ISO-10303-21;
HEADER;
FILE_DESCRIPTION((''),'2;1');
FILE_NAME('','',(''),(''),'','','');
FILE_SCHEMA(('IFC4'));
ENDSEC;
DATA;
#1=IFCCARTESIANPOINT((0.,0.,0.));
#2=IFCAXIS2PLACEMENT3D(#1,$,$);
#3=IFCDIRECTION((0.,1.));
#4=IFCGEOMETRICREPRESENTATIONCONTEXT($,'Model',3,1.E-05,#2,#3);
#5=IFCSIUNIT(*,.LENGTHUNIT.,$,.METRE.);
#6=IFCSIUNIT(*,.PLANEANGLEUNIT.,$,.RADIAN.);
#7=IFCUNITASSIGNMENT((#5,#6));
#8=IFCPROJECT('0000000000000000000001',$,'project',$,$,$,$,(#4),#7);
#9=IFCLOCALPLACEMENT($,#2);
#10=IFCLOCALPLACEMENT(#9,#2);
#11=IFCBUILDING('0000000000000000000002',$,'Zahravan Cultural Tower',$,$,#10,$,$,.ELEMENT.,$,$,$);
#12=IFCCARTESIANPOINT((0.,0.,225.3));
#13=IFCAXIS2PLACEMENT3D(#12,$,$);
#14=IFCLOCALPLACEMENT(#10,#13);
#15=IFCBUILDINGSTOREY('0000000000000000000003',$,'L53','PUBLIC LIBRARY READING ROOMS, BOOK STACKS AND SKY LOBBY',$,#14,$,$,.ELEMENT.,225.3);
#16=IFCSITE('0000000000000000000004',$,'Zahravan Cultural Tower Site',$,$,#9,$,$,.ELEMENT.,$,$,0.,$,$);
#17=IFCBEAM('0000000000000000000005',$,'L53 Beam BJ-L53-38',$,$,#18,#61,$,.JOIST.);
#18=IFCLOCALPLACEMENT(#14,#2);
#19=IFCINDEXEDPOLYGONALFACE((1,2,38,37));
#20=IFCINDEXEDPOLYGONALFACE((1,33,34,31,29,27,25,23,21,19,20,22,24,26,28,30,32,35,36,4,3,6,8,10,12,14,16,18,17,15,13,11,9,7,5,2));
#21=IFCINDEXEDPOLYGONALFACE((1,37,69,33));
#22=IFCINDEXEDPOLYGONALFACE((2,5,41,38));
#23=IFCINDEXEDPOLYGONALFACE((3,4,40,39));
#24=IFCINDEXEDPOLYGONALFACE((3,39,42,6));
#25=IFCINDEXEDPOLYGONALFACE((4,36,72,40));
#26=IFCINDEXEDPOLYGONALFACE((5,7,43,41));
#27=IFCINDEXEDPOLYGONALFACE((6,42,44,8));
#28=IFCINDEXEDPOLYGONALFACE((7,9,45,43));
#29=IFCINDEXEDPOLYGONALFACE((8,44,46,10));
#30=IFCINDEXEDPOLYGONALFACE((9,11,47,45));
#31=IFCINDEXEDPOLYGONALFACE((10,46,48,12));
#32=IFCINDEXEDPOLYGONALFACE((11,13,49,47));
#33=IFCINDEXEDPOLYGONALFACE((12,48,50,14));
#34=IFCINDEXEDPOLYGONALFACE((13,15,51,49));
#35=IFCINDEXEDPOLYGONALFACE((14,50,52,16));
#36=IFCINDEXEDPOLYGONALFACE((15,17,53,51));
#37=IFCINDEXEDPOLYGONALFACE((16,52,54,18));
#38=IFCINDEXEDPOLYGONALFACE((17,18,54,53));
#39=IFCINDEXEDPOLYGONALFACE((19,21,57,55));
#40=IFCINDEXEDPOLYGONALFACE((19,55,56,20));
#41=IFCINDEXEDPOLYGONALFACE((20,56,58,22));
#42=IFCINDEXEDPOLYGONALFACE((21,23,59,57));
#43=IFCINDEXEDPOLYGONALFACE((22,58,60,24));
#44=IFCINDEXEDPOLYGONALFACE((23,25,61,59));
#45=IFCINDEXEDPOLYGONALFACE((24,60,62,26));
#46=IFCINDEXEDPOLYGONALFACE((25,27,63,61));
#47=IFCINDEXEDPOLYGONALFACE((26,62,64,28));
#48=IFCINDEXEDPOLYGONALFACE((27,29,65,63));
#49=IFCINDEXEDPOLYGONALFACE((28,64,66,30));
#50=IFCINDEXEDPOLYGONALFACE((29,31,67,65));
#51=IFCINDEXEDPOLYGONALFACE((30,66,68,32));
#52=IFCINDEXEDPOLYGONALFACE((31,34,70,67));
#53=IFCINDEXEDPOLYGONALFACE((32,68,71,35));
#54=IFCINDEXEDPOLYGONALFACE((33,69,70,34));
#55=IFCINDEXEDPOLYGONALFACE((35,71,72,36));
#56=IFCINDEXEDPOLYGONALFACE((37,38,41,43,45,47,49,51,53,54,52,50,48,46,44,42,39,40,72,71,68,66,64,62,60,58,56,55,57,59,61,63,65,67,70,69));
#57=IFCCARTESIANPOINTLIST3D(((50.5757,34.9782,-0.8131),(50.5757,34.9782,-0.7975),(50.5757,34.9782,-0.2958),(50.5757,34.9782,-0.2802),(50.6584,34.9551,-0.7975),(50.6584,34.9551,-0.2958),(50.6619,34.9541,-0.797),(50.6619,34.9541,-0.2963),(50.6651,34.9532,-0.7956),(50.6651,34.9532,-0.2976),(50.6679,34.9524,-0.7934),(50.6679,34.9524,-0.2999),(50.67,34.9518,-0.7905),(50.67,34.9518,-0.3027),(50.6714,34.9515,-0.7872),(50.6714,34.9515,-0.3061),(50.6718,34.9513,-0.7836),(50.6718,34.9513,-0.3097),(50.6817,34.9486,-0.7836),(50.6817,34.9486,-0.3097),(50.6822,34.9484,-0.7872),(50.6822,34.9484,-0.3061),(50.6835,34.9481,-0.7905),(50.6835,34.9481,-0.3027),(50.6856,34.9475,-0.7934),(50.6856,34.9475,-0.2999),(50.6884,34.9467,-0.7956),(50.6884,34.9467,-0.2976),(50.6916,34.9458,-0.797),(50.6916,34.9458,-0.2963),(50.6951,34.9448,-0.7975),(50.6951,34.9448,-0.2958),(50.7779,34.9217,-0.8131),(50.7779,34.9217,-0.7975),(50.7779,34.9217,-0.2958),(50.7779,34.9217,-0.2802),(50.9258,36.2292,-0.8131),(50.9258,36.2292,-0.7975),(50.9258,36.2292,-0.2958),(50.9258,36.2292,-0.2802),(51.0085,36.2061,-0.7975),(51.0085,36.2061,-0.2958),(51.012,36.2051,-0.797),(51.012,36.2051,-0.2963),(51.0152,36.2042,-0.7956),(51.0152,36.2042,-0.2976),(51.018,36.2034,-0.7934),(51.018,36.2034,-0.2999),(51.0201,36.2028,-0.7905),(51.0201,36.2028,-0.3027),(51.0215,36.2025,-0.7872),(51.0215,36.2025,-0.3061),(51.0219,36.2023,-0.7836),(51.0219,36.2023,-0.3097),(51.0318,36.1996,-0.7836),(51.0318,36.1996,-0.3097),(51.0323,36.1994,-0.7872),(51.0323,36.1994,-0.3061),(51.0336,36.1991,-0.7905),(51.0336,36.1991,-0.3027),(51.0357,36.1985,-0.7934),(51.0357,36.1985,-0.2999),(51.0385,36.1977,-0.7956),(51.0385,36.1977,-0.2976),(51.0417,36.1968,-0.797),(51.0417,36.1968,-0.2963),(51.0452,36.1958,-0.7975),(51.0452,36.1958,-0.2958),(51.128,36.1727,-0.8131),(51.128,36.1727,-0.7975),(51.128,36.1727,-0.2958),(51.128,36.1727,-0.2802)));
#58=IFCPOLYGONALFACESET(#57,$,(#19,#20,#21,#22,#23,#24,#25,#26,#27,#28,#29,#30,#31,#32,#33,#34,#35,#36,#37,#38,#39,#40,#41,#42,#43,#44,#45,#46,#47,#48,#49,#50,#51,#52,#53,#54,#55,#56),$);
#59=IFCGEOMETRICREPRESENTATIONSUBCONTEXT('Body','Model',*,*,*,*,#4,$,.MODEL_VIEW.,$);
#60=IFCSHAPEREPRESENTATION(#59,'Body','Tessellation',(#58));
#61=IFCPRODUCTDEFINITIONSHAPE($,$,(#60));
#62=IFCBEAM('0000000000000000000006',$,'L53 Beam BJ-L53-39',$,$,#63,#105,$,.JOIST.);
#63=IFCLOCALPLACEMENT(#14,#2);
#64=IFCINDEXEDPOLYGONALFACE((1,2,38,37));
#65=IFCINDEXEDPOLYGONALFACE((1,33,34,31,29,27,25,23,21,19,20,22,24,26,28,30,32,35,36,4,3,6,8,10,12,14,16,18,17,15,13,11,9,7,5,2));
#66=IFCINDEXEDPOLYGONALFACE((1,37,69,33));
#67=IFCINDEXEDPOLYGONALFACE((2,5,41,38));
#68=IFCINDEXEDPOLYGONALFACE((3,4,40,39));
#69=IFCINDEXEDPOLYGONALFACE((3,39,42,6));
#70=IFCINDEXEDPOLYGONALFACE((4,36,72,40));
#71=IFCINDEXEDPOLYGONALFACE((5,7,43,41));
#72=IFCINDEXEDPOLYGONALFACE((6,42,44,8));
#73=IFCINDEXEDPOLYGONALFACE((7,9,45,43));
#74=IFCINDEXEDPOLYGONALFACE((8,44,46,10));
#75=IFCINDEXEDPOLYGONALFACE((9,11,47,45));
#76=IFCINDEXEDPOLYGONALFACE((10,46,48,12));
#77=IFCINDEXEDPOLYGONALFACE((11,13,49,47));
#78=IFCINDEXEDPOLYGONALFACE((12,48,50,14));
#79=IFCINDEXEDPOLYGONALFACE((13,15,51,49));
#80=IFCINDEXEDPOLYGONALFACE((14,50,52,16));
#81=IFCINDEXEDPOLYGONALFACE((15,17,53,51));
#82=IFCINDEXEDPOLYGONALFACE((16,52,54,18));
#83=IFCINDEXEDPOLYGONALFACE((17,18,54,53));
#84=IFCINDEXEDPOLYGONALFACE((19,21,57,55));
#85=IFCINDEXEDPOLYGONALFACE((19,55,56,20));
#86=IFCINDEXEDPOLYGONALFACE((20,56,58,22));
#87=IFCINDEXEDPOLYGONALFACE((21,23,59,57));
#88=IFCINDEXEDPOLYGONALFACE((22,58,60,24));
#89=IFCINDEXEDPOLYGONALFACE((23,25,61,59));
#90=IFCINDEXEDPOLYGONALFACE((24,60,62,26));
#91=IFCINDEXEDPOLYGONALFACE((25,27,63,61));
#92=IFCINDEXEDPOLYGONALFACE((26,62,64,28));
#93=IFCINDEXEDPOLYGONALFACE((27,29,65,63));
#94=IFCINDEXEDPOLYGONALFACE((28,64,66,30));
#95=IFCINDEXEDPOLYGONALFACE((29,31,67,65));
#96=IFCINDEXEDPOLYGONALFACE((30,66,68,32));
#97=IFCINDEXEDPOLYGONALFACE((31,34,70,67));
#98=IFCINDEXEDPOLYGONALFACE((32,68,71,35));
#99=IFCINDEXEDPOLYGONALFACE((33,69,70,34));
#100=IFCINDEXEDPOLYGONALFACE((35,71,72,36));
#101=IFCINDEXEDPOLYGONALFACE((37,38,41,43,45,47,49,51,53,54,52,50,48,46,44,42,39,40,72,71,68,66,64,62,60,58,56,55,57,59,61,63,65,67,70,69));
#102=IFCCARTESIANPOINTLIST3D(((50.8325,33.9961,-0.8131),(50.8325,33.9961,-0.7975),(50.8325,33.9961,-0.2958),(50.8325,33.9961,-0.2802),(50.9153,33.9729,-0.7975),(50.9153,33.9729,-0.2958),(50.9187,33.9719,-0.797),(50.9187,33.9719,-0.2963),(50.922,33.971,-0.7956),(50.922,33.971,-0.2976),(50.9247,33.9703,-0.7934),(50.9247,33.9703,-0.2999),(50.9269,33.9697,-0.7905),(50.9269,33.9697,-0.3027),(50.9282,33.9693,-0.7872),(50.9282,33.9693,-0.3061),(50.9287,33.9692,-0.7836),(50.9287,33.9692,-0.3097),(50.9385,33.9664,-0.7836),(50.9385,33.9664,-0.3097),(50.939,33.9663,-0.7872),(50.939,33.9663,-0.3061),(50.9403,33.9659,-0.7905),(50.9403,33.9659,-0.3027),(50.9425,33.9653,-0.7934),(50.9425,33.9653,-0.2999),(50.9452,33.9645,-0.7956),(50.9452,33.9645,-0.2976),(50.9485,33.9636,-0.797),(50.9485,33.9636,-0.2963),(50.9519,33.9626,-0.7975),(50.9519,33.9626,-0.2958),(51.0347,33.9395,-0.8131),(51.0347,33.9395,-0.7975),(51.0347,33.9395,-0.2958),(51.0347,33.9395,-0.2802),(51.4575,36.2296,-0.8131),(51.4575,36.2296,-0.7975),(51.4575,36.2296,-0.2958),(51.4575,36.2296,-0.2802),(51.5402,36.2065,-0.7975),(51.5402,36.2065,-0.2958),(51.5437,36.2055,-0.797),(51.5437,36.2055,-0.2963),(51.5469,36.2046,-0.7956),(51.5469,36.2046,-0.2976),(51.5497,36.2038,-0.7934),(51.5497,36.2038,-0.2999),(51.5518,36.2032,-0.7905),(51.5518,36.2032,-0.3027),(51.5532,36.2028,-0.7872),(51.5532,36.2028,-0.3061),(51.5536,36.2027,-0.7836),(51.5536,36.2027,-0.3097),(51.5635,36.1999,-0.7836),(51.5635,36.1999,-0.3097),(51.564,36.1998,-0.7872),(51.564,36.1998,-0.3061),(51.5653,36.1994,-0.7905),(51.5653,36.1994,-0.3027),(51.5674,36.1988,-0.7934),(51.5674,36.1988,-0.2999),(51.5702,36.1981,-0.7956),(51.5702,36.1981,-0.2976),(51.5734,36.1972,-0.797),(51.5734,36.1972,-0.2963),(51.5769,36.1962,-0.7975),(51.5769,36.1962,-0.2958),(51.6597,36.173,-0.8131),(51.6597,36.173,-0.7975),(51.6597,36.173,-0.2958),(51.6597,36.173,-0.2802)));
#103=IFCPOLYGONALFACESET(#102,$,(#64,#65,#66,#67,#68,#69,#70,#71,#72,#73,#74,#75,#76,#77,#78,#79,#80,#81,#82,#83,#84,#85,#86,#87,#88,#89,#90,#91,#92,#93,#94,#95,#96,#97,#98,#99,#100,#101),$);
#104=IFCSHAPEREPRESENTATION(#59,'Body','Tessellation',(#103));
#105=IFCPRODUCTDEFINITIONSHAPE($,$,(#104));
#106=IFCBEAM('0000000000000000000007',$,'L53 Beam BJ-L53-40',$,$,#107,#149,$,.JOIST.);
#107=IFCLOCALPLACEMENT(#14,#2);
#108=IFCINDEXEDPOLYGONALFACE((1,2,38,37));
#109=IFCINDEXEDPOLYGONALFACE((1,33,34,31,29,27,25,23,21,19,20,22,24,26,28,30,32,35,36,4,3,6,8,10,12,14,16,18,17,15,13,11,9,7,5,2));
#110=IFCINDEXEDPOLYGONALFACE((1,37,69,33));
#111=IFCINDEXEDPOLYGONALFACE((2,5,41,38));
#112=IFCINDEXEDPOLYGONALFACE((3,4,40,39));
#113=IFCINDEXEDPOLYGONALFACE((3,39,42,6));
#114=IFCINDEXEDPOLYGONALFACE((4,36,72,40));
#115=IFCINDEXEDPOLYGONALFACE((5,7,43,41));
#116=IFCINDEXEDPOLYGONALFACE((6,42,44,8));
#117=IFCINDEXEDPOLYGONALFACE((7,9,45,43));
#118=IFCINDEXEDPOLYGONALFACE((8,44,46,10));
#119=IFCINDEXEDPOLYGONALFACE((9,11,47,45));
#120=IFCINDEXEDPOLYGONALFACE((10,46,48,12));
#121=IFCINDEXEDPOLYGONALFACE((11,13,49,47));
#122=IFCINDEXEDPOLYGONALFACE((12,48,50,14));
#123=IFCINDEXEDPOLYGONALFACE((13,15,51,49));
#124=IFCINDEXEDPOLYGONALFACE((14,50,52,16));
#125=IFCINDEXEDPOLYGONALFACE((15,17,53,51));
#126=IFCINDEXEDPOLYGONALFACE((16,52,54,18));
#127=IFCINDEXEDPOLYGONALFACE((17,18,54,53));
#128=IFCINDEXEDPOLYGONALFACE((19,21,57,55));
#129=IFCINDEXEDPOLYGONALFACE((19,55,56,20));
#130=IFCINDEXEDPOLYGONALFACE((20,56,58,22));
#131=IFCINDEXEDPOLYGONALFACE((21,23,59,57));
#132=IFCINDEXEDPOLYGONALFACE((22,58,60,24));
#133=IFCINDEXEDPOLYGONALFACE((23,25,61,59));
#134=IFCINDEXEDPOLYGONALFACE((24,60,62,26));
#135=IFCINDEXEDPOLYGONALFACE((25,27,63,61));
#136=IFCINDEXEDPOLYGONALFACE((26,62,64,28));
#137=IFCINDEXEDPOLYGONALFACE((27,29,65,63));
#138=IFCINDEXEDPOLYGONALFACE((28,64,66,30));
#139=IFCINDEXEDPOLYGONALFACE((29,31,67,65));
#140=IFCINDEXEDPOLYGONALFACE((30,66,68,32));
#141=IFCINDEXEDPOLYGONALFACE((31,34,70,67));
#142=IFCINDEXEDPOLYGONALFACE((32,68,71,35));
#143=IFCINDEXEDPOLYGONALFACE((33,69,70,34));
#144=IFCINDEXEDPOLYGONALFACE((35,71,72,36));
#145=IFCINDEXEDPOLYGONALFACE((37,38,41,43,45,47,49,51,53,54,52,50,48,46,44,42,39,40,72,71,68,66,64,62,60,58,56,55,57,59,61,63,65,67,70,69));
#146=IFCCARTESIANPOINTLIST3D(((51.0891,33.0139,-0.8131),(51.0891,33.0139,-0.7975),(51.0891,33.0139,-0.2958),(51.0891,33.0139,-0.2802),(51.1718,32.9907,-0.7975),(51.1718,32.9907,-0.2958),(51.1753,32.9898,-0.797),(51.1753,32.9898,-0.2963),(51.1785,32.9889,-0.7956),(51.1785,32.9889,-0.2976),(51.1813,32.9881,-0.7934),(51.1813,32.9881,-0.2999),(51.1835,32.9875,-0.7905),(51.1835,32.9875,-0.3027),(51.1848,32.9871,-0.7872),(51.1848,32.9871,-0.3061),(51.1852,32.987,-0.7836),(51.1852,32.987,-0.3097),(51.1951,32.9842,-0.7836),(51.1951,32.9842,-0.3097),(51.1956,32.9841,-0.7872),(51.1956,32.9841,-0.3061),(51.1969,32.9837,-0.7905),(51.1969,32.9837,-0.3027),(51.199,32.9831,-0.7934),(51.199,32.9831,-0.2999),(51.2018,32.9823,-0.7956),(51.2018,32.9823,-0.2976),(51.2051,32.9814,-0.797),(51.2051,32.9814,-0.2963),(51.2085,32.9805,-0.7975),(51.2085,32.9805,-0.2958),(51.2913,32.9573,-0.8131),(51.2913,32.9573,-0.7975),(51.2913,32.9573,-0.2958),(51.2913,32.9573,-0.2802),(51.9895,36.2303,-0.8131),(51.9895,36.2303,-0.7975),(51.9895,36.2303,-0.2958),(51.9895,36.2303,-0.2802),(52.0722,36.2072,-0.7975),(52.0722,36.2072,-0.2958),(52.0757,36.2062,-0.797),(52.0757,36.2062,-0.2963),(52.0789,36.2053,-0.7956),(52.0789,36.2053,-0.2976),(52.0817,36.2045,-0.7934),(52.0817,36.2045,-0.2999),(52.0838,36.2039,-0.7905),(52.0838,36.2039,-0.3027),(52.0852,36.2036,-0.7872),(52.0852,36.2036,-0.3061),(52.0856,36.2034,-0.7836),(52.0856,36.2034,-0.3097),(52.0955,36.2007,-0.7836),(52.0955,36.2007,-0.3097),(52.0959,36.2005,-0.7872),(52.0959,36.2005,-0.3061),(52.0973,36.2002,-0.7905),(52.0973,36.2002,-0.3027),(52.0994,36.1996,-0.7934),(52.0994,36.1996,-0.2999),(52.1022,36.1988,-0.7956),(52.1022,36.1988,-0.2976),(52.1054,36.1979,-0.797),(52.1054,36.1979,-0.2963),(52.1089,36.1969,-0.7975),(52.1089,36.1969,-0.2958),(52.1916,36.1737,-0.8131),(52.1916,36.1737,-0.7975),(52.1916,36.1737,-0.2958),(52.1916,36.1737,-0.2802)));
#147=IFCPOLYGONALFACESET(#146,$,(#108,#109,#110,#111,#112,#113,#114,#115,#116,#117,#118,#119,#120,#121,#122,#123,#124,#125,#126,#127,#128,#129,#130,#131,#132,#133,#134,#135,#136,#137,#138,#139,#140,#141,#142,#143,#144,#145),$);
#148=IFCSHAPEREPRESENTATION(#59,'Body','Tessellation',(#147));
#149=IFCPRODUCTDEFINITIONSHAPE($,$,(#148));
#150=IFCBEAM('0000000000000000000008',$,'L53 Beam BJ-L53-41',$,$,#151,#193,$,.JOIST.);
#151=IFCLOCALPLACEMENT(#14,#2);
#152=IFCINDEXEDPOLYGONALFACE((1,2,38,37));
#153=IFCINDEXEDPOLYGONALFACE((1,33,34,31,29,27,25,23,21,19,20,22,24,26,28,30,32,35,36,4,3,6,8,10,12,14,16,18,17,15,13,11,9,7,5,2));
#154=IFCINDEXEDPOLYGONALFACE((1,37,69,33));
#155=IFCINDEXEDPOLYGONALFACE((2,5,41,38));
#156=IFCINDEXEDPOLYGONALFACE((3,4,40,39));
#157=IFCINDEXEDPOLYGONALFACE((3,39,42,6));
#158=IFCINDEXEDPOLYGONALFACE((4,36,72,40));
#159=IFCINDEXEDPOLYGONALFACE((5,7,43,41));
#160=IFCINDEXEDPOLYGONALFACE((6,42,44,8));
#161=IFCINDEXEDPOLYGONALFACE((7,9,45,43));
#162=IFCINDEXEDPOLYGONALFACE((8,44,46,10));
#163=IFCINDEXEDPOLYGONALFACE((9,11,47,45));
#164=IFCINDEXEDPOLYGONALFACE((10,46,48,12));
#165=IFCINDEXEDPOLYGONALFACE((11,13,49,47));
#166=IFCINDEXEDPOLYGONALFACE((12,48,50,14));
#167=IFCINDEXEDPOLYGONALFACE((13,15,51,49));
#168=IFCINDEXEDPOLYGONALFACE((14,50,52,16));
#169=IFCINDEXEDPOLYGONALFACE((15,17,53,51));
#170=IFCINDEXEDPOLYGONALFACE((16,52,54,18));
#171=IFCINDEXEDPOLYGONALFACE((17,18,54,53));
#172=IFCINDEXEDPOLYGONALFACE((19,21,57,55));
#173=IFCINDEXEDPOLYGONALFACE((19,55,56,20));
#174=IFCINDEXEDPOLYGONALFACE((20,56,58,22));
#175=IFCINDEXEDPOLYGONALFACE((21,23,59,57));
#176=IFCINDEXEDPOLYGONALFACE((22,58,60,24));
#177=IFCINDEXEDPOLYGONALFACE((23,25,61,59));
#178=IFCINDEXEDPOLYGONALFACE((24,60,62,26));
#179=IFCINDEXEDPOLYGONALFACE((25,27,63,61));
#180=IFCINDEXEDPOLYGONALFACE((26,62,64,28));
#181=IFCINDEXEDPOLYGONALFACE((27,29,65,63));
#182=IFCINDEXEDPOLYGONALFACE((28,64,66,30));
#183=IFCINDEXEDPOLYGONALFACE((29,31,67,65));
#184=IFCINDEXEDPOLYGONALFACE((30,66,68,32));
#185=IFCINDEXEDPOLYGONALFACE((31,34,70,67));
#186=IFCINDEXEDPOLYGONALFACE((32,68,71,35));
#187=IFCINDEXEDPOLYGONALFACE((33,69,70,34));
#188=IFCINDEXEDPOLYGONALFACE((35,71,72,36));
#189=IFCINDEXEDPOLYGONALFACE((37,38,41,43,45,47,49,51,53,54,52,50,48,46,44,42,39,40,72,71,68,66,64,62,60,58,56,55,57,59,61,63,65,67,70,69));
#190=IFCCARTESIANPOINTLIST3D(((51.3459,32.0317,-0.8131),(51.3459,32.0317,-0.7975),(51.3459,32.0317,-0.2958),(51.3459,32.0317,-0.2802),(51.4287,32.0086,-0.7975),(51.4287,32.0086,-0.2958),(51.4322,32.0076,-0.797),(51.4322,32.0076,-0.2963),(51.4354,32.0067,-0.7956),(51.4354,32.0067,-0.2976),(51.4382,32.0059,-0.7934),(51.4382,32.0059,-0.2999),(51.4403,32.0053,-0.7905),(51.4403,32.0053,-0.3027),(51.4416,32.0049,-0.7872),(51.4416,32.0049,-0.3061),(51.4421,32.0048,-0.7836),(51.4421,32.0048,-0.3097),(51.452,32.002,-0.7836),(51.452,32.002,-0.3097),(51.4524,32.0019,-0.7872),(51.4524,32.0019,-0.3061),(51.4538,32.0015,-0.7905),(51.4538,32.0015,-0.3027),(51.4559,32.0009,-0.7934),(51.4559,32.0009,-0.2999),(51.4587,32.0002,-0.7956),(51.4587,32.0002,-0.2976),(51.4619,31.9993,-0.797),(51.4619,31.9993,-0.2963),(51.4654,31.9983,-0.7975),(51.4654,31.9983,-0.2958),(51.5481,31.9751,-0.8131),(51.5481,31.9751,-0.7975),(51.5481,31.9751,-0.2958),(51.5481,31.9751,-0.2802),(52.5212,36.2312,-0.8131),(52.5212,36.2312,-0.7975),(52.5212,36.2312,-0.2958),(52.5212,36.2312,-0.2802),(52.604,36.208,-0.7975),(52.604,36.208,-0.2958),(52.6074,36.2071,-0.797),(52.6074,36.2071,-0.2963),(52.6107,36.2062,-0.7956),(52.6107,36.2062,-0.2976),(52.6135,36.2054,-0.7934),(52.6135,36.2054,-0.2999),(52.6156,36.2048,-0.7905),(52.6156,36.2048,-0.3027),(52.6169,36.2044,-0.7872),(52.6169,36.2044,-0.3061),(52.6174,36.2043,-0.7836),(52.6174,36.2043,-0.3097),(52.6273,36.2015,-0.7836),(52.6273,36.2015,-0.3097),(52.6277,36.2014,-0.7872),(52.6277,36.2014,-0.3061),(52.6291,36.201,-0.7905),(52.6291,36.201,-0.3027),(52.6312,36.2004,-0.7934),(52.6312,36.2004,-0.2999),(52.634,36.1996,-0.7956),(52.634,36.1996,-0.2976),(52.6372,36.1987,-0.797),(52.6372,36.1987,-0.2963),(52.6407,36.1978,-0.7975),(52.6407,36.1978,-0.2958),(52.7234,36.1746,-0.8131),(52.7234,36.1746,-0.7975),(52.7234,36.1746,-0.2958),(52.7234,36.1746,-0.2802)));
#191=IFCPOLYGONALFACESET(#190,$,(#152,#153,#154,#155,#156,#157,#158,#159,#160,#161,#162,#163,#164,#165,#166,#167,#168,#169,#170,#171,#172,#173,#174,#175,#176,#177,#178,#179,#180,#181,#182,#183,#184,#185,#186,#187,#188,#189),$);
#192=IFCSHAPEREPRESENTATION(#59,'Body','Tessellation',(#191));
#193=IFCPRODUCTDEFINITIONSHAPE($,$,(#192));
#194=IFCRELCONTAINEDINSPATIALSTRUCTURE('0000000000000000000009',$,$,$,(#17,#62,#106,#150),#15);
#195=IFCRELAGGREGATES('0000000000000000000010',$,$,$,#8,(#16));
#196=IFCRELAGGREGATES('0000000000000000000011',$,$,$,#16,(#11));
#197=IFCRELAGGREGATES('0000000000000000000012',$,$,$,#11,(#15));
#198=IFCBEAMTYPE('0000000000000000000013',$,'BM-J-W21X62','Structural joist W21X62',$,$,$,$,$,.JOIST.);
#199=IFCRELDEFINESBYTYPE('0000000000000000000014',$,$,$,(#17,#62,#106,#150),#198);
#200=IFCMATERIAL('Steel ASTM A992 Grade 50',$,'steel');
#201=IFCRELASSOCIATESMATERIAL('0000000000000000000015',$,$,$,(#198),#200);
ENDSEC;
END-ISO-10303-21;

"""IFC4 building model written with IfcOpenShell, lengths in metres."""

from ifc_helpers import new_model, si_unit, direction, frame, origin, origin_2d, place, context, subcontext, project, spatial, i_section, extrude, source, transform, mapped, material, material_profile, profile_set, type_object, element, save


model = new_model("IFC4")

# Units and contexts
model_context = context("Model", 3, precision=1e-05, world=origin(), true_north=direction((0.0, 1.0)))
body_context = subcontext(model_context, "Body", "Model", "MODEL_VIEW")
ifc_project = project(units=[si_unit("LENGTHUNIT", "METRE"), si_unit("PLANEANGLEUNIT", "RADIAN")], contexts=[model_context])

# Site, building, storey
site_placement = place(None, origin())
site = spatial("IfcSite", under=ifc_project, at=site_placement, Name="Zahravan Cultural Tower Site", CompositionType="ELEMENT", RefElevation=0.0)
building_placement = place(site_placement, origin())
building = spatial("IfcBuilding", under=site, at=building_placement, Name="Zahravan Cultural Tower", CompositionType="ELEMENT")
storey_placement = place(building_placement, frame((0.0, 0.0, 225.3)))
storey = spatial("IfcBuildingStorey", under=building, at=storey_placement, Name="L53", Description="PUBLIC LIBRARY READING ROOMS, BOOK STACKS AND SKY LOBBY", CompositionType="ELEMENT", Elevation=225.3)

# Shared definitions
ifc_material_1 = material(Name="Steel ASTM A992 Grade 50", Category="steel")

# Beams
ifc_material_profile_1 = material_profile(ifc_material_1, i_section(OverallWidth=0.21, OverallDepth=0.533, WebThickness=0.0103, FlangeThickness=0.0156, FilletRadius=0.0139, at=origin_2d()), Name="W21X62")
ifc_profile_set_1 = profile_set([ifc_material_profile_1], Name="Steel ASTM A992 Grade 50")
beam_type_1 = type_object("IfcBeamType", Name="BM-J-W21X62", Description="Structural joist W21X62", PredefinedType="JOIST", material=ifc_profile_set_1)
shared_shape_1 = source(origin(), body_context, "Body", "SweptSolid", [
    extrude(i_section(OverallWidth=0.21, OverallDepth=0.533, WebThickness=0.0103, FlangeThickness=0.0156, FilletRadius=0.0139, at=origin_2d()), origin(), (0.0, 0.0, 1.0), 1.2991),
])
beam_1_placement = place(storey_placement, frame((50.6768, 34.95, -0.5466), z_axis=(0.269504, 0.962999, 0.0), x_axis=(-0.962999, 0.269504, 0.0)))
element("IfcBeam", 1, at=beam_1_placement, inside=storey, type_object=beam_type_1, Name="L53 Beam BJ-L53-38", PredefinedType="JOIST", context=body_context, shape_type="MappedRepresentation", body=[
    mapped(shared_shape_1, transform((0.0, 0.0, 0.0), x_axis=(1.0, 0.0, 0.0), y_axis=(0.0, 1.0, 0.0), z_axis=(0.0, 0.0, 1.0), scale=1.0)),
])
shared_shape_2 = source(origin(), body_context, "Body", "SweptSolid", [
    extrude(i_section(OverallWidth=0.21, OverallDepth=0.533, WebThickness=0.0103, FlangeThickness=0.0156, FilletRadius=0.0139, at=origin_2d()), origin(), (0.0, 0.0, 1.0), 2.3193),
])
beam_2_placement = place(storey_placement, frame((50.9336, 33.9678, -0.5466), z_axis=(0.269462, 0.963011, 0.0), x_axis=(-0.963011, 0.269462, 0.0)))
element("IfcBeam", 2, at=beam_2_placement, inside=storey, type_object=beam_type_1, Name="L53 Beam BJ-L53-39", PredefinedType="JOIST", context=body_context, shape_type="MappedRepresentation", body=[
    mapped(shared_shape_2, transform((0.0, 0.0, 0.0), x_axis=(1.0, 0.0, 0.0), y_axis=(0.0, 1.0, 0.0), z_axis=(0.0, 0.0, 1.0), scale=1.0)),
])
shared_shape_3 = source(origin(), body_context, "Body", "SweptSolid", [
    extrude(i_section(OverallWidth=0.21, OverallDepth=0.533, WebThickness=0.0103, FlangeThickness=0.0156, FilletRadius=0.0139, at=origin_2d()), origin(), (0.0, 0.0, 1.0), 3.3401),
])
beam_3_placement = place(storey_placement, frame((51.1902, 32.9856, -0.5466), z_axis=(0.269562, 0.962983, 0.0), x_axis=(-0.962983, 0.269562, 0.0)))
element("IfcBeam", 3, at=beam_3_placement, inside=storey, type_object=beam_type_1, Name="L53 Beam BJ-L53-40", PredefinedType="JOIST", context=body_context, shape_type="MappedRepresentation", body=[
    mapped(shared_shape_3, transform((0.0, 0.0, 0.0), x_axis=(1.0, 0.0, 0.0), y_axis=(0.0, 1.0, 0.0), z_axis=(0.0, 0.0, 1.0), scale=1.0)),
])
shared_shape_4 = source(origin(), body_context, "Body", "SweptSolid", [
    extrude(i_section(OverallWidth=0.21, OverallDepth=0.533, WebThickness=0.0103, FlangeThickness=0.0156, FilletRadius=0.0139, at=origin_2d()), origin(), (0.0, 0.0, 1.0), 4.3608),
])
beam_4_placement = place(storey_placement, frame((51.447, 32.0034, -0.5466), z_axis=(0.269512, 0.962997, 0.0), x_axis=(-0.962997, 0.269512, 0.0)))
element("IfcBeam", 4, at=beam_4_placement, inside=storey, type_object=beam_type_1, Name="L53 Beam BJ-L53-41", PredefinedType="JOIST", context=body_context, shape_type="MappedRepresentation", body=[
    mapped(shared_shape_4, transform((0.0, 0.0, 0.0), x_axis=(1.0, 0.0, 0.0), y_axis=(0.0, 1.0, 0.0), z_axis=(0.0, 0.0, 1.0), scale=1.0)),
])

save(model, "model.ifc")
